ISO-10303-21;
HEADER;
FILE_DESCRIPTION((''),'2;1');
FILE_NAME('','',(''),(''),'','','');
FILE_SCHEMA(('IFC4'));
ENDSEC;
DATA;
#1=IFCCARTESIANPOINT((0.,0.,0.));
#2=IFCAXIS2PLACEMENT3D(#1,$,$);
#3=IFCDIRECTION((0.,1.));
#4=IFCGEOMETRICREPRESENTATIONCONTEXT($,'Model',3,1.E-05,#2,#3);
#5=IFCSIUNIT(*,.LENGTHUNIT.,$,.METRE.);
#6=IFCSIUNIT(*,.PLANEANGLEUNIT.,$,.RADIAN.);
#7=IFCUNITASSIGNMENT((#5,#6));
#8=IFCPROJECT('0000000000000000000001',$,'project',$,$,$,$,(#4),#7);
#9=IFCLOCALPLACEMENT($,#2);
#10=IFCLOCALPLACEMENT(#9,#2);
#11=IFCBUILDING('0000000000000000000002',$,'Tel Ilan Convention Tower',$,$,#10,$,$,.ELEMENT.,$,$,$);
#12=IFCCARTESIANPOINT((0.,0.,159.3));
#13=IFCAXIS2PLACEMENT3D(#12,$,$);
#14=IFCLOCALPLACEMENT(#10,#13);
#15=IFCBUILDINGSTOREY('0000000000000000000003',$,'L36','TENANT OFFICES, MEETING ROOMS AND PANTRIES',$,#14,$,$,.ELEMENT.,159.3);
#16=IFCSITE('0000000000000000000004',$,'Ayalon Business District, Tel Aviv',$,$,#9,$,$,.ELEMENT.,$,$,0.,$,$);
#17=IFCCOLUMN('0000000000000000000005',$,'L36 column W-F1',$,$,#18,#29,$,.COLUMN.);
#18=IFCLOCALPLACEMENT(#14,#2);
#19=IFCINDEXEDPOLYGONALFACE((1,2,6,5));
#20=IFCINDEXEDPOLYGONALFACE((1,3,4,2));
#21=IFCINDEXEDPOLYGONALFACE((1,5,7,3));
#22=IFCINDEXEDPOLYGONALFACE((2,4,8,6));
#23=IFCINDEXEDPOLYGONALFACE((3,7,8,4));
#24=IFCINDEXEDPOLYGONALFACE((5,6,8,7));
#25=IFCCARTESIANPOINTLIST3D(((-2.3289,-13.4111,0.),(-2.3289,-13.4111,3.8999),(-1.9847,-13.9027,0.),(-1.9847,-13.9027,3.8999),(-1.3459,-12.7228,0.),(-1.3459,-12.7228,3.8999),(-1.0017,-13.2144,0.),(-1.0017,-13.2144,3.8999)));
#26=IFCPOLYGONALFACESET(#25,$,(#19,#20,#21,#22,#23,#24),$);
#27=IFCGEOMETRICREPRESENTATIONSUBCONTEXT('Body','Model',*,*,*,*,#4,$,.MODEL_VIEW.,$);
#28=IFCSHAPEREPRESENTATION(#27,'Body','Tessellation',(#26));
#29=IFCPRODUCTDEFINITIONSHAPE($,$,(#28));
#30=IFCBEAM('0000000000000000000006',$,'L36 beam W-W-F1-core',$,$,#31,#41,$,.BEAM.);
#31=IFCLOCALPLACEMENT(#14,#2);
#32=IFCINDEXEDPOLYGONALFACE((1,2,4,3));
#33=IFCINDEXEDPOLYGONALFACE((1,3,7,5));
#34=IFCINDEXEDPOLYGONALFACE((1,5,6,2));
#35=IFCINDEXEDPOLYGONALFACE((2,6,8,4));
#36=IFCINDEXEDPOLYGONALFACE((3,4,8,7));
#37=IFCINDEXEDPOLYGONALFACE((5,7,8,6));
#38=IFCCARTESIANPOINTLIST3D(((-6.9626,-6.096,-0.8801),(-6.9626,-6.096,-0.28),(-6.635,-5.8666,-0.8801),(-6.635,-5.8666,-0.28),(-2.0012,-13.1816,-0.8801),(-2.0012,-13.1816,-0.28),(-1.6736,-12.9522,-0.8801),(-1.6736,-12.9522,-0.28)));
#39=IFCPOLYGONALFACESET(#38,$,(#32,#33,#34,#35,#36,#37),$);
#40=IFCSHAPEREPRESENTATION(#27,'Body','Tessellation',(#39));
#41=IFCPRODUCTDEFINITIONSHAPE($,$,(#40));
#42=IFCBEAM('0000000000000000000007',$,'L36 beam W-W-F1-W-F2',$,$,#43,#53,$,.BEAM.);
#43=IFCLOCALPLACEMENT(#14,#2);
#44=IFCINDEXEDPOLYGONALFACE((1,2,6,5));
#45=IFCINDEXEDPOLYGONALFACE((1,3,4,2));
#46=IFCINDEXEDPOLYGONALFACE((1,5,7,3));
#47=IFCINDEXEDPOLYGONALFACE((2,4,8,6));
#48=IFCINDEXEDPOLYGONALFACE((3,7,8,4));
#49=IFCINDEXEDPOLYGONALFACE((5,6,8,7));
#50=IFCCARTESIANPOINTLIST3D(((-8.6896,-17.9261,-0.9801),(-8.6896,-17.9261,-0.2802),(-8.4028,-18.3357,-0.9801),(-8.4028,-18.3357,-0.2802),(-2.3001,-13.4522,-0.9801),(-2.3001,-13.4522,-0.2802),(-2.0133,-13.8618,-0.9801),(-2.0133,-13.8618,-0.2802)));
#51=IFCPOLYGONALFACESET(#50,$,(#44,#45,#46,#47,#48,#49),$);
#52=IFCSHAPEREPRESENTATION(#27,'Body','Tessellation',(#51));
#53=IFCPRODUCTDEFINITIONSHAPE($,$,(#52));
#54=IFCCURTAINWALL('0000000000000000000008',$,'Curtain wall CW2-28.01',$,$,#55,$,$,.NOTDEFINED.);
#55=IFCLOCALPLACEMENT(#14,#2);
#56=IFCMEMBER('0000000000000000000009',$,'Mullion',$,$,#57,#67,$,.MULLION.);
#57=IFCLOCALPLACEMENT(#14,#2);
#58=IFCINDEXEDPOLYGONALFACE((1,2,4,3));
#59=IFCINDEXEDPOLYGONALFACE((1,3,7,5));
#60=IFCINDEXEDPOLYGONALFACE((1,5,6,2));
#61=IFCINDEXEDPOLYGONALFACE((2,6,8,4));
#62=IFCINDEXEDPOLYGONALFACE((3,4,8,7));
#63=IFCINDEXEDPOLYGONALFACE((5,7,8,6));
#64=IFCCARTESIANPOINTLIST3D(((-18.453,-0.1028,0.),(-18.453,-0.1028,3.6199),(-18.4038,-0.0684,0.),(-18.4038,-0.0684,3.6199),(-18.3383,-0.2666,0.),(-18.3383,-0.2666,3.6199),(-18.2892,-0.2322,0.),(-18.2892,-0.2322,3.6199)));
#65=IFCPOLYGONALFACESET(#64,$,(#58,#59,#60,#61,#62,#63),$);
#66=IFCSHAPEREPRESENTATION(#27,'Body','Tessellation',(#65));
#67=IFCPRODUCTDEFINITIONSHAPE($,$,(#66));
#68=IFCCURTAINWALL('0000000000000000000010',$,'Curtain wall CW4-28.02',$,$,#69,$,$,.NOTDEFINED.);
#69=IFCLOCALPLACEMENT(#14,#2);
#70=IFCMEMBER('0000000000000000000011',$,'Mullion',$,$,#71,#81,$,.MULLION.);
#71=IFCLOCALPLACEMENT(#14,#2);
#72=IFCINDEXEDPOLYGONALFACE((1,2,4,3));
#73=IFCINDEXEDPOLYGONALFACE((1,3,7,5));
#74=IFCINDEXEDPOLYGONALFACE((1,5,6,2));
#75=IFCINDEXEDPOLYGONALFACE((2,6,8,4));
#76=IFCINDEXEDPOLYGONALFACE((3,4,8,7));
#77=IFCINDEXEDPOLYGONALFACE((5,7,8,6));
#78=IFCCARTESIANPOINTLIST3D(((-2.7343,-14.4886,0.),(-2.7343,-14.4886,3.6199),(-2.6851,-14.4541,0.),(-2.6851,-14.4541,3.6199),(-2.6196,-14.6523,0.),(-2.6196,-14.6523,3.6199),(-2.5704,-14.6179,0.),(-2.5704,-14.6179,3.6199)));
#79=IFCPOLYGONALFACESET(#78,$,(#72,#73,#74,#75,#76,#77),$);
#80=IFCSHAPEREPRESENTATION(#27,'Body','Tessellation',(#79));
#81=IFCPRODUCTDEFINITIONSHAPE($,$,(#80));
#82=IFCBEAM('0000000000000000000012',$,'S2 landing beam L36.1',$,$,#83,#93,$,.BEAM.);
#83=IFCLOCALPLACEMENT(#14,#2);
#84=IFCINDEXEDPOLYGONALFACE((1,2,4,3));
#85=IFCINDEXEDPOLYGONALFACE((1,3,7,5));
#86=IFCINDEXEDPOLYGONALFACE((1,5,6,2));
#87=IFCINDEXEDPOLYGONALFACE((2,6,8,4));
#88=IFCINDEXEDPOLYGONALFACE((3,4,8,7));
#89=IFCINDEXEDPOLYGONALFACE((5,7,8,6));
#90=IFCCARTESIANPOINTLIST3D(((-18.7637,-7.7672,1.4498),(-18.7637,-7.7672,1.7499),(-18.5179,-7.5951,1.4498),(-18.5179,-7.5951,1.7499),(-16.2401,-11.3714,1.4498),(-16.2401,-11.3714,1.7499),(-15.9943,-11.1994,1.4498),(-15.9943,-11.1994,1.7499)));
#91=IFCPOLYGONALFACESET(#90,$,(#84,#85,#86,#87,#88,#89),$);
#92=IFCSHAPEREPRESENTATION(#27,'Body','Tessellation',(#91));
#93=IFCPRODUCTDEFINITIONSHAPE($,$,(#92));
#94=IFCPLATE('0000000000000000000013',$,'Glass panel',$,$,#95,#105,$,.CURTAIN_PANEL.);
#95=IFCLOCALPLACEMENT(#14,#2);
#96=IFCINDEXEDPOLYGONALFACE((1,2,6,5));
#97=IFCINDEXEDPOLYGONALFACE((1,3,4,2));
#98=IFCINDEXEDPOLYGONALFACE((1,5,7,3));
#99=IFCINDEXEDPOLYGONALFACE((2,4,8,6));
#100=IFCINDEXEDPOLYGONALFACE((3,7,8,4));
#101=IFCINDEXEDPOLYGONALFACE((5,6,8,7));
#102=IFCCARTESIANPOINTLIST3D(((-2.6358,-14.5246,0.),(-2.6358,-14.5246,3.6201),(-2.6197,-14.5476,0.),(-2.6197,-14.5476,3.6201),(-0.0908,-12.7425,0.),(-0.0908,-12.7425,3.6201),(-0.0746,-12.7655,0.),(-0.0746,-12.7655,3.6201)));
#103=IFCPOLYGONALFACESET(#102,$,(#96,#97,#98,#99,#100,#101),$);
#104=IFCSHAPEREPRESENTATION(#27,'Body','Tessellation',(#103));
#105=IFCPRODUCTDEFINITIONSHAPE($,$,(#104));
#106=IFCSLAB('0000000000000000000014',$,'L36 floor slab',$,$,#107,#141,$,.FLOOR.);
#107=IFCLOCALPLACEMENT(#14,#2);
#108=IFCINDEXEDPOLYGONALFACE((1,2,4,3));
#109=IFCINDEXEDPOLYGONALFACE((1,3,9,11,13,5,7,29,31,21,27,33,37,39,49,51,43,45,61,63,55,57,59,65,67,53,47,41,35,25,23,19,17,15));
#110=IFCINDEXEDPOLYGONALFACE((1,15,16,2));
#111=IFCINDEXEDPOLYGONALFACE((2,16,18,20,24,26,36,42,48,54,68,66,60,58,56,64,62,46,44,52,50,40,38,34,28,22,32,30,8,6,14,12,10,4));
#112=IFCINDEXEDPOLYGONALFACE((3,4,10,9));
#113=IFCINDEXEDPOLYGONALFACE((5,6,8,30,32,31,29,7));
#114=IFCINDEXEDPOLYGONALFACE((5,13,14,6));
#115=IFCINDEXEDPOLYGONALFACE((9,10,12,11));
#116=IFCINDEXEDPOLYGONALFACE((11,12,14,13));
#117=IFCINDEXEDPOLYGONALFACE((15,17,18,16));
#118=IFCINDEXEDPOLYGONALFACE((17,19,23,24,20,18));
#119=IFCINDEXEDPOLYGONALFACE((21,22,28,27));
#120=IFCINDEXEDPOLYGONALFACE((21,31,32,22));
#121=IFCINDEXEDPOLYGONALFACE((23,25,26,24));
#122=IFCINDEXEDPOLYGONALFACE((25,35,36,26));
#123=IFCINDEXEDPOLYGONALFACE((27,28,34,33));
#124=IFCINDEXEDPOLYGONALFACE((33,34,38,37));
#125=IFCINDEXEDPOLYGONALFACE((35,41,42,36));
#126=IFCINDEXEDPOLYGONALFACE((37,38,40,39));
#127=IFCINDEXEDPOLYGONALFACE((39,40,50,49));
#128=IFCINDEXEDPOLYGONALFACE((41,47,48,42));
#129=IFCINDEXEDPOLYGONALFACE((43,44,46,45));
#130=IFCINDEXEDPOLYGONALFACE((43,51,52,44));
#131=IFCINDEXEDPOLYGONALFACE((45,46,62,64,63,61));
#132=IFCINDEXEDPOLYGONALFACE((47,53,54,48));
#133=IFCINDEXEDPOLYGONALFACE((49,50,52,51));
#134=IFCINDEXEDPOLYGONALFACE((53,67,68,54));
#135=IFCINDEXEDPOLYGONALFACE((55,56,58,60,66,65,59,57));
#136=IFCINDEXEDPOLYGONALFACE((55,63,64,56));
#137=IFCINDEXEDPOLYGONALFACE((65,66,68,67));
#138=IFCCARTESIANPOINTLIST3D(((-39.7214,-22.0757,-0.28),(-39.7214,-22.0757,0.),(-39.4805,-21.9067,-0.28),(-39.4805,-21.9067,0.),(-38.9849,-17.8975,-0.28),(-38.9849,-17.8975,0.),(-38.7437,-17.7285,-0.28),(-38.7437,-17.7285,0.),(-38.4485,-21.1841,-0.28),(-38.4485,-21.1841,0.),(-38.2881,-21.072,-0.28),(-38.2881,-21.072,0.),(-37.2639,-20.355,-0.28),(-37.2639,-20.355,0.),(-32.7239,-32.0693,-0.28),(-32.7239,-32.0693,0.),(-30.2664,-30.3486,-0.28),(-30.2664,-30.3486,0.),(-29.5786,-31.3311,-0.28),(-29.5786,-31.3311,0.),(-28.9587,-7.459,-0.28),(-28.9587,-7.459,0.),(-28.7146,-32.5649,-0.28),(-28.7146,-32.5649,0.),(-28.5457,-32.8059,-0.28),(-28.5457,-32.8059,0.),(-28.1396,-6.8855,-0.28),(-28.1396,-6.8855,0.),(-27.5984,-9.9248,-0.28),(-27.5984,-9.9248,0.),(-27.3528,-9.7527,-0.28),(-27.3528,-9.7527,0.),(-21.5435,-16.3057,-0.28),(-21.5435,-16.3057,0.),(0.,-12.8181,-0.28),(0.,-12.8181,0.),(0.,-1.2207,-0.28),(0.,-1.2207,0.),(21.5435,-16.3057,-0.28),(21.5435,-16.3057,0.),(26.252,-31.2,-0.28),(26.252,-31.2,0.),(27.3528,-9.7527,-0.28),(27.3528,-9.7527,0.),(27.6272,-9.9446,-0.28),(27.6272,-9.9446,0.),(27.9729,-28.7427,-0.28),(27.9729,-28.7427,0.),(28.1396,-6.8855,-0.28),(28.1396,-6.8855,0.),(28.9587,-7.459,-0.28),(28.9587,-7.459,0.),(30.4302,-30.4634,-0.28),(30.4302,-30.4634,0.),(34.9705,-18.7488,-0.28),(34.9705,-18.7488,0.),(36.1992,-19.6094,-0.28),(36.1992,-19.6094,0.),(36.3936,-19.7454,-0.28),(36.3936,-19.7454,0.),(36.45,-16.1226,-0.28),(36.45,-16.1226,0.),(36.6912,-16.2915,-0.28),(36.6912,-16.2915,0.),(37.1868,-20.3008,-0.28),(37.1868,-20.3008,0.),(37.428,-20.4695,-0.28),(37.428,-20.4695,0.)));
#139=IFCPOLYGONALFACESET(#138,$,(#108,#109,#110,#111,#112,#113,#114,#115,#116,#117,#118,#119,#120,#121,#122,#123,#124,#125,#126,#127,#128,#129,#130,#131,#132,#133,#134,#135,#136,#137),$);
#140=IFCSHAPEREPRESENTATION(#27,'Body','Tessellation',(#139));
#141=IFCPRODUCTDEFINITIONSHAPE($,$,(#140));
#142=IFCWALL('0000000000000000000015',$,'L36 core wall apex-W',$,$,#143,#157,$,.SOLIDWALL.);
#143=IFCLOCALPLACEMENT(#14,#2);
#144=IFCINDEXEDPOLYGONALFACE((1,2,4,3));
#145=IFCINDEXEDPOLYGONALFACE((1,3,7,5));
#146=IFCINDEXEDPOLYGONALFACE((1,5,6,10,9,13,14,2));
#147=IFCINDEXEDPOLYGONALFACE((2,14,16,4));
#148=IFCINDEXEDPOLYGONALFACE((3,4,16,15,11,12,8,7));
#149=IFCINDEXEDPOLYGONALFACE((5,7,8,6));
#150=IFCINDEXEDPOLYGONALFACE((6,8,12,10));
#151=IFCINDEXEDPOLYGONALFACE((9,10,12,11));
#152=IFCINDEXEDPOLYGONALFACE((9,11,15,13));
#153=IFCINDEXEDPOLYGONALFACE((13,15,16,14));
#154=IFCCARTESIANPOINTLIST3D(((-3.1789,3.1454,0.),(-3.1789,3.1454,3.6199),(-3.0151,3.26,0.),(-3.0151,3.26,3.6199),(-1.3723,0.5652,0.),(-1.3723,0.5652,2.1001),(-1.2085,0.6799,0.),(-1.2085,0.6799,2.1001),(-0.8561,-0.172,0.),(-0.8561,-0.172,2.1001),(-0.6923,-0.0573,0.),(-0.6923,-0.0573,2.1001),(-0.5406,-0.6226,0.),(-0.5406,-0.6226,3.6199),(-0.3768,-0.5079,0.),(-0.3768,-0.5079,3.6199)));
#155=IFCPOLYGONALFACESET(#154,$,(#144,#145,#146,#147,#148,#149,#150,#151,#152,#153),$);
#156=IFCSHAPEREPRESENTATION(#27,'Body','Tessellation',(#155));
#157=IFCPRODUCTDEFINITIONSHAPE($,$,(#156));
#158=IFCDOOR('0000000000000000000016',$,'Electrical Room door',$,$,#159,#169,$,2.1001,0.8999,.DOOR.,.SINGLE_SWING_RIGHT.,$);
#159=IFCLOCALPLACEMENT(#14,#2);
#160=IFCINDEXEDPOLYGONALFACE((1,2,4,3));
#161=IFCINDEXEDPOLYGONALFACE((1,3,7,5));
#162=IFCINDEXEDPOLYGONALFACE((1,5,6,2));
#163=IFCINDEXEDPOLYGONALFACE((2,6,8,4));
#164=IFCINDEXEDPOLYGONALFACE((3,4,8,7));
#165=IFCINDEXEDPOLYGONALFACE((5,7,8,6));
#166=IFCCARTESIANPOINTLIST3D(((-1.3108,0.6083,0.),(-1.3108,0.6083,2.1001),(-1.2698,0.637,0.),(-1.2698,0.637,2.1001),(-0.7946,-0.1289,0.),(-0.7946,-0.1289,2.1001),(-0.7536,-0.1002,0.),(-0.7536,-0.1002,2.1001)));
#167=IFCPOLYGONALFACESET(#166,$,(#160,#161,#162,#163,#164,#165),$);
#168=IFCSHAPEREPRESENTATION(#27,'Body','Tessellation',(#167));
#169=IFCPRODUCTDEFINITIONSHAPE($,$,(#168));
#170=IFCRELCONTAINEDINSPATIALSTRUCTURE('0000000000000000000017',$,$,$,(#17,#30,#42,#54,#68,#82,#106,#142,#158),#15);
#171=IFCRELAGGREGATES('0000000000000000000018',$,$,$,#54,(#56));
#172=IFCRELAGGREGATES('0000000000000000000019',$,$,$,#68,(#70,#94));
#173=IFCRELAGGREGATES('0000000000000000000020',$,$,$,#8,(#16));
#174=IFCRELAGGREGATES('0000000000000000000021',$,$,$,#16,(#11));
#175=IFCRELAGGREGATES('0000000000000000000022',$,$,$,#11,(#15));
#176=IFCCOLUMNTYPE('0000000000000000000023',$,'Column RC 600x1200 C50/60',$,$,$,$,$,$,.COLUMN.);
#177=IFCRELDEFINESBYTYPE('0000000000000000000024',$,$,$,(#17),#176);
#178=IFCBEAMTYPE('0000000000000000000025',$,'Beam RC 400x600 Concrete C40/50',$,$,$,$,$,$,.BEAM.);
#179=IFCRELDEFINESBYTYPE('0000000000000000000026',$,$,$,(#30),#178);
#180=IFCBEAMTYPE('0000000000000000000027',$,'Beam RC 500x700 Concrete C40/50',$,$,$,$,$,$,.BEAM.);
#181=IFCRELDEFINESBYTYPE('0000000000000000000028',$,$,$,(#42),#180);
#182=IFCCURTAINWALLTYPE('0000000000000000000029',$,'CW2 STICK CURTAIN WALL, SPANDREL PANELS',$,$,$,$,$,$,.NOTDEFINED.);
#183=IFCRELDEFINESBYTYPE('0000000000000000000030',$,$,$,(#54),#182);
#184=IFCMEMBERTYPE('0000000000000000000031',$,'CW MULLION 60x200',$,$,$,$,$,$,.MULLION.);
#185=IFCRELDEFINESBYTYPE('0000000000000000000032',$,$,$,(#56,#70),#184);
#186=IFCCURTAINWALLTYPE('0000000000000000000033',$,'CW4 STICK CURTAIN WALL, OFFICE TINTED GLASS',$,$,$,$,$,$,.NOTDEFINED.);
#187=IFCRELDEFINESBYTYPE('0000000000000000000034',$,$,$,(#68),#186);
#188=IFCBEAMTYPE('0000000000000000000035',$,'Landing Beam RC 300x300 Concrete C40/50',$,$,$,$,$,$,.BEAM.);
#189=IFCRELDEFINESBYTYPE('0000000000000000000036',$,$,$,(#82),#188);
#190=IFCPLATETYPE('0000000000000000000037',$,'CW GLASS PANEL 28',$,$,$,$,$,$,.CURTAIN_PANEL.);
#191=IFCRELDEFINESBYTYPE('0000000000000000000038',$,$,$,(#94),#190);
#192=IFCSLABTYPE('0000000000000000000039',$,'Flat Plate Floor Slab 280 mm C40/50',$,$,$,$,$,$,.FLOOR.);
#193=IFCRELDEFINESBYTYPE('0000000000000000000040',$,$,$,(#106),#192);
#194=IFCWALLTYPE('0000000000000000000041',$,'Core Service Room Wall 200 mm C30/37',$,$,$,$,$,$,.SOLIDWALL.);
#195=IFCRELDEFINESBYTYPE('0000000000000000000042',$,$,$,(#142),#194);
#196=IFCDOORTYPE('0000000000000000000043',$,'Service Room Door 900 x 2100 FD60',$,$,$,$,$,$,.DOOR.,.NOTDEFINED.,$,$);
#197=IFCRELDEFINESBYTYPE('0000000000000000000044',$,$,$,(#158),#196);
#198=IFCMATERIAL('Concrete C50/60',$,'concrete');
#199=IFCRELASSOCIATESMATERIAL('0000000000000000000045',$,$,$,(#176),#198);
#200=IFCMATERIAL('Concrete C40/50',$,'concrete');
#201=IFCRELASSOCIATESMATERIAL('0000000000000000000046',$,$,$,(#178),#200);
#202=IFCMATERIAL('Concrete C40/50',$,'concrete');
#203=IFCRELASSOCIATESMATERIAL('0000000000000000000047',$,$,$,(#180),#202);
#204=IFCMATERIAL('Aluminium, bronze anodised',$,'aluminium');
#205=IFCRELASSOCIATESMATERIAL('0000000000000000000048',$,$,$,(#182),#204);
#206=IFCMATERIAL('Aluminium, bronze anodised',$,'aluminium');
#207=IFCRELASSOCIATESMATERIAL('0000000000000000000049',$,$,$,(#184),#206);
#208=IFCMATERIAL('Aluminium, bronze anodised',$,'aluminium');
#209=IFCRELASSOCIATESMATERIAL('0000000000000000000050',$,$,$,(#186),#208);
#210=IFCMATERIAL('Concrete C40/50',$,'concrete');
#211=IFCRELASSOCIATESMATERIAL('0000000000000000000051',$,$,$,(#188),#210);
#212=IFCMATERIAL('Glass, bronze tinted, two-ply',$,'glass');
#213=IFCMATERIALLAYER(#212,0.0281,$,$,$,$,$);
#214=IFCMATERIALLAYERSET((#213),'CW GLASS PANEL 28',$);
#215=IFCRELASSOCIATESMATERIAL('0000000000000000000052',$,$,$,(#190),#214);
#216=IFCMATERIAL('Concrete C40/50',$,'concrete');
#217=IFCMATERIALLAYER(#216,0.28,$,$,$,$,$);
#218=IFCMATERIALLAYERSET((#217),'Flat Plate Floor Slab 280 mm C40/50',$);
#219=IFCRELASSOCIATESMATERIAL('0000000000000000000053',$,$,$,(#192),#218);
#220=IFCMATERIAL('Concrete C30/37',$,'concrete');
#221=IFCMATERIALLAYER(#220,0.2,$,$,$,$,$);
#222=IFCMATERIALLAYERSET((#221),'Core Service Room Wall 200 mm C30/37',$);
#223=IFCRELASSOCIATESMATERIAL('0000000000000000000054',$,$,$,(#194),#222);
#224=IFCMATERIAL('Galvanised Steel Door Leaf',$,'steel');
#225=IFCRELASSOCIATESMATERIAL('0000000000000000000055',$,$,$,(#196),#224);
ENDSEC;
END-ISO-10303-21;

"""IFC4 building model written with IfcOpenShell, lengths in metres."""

from ifc_helpers import new_model, si_unit, direction, frame, frame_2d, origin, origin_2d, place, context, subcontext, project, spatial, polyline, rectangle, outline, extrude, material, layer, layer_set, material_profile, profile_set, type_object, element, fill, aggregate, save


model = new_model("IFC4")

# Units and contexts
model_context = context("Model", 3, precision=1e-05, world=origin(), true_north=direction((0.0, 1.0)))
body_context = subcontext(model_context, "Body", "Model", "MODEL_VIEW")
ifc_project = project(units=[si_unit("LENGTHUNIT", "METRE"), si_unit("PLANEANGLEUNIT", "RADIAN")], contexts=[model_context])

# Site, building, storey
site_placement = place(None, origin())
site = spatial("IfcSite", under=ifc_project, at=site_placement, Name="Ayalon Business District, Tel Aviv", CompositionType="ELEMENT", RefElevation=0.0)
building_placement = place(site_placement, origin())
building = spatial("IfcBuilding", under=site, at=building_placement, Name="Tel Ilan Convention Tower", CompositionType="ELEMENT")
storey_placement = place(building_placement, frame((0.0, 0.0, 159.3)))
storey = spatial("IfcBuildingStorey", under=building, at=storey_placement, Name="L36", Description="TENANT OFFICES, MEETING ROOMS AND PANTRIES", CompositionType="ELEMENT", Elevation=159.3)

# Column
ifc_material_1 = material(Name="Concrete C50/60", Category="concrete")
ifc_material_profile_1 = material_profile(ifc_material_1, rectangle(XDim=1.2, YDim=0.6001, at=origin_2d()), Name="RC 600x1200")
ifc_profile_set_1 = profile_set([ifc_material_profile_1], Name="Concrete C50/60")
column_type = type_object("IfcColumnType", Name="Column RC 600x1200 C50/60", PredefinedType="COLUMN", material=ifc_profile_set_1)
column_placement = place(storey_placement, frame((-1.6653, -13.3127, 0.0), z_axis=(0.0, 0.0, 1.0), x_axis=(-0.819152, -0.573576, 0.0)))
element("IfcColumn", 1, at=column_placement, inside=storey, type_object=column_type, Name="L36 column W-F1", PredefinedType="COLUMN", context=body_context, shape_type="SweptSolid", body=[
    extrude(rectangle(XDim=1.2, YDim=0.6001, at=origin_2d()), origin(), (0.0, 0.0, 1.0), 3.8999),
])

# Beams
ifc_material_2 = material(Name="Concrete C40/50", Category="concrete")
ifc_material_profile_2 = material_profile(ifc_material_2, rectangle(XDim=0.3999, YDim=0.6001, at=origin_2d()), Name="RC 400x600")
ifc_profile_set_2 = profile_set([ifc_material_profile_2], Name="Concrete C40/50")
beam_type_1 = type_object("IfcBeamType", Name="Beam RC 400x600 Concrete C40/50", PredefinedType="BEAM", material=ifc_profile_set_2)
beam_1_placement = place(storey_placement, frame((-1.8374, -13.0669, -0.5801), z_axis=(-0.573574, 0.819154, 0.0), x_axis=(-0.819154, -0.573574, 0.0)))
element("IfcBeam", 2, at=beam_1_placement, inside=storey, type_object=beam_type_1, Name="L36 beam W-W-F1-core", PredefinedType="BEAM", context=body_context, shape_type="SweptSolid", body=[
    extrude(rectangle(XDim=0.3999, YDim=0.6001, at=origin_2d()), origin(), (0.0, 0.0, 1.0), 8.6499),
])
ifc_material_3 = material(Name="Concrete C40/50", Category="concrete")
ifc_material_profile_3 = material_profile(ifc_material_3, rectangle(XDim=0.5, YDim=0.7, at=origin_2d()), Name="RC 500x700")
ifc_profile_set_3 = profile_set([ifc_material_profile_3], Name="Concrete C40/50")
beam_type_2 = type_object("IfcBeamType", Name="Beam RC 500x700 Concrete C40/50", PredefinedType="BEAM", material=ifc_profile_set_3)
beam_2_placement = place(storey_placement, frame((-2.1567, -13.657, -0.6301), z_axis=(-0.819154, -0.573574, 0.0), x_axis=(0.573574, -0.819154, 0.0)))
element("IfcBeam", 3, at=beam_2_placement, inside=storey, type_object=beam_type_2, Name="L36 beam W-W-F1-W-F2", PredefinedType="BEAM", context=body_context, shape_type="SweptSolid", body=[
    extrude(rectangle(XDim=0.5, YDim=0.7, at=origin_2d()), origin(), (0.0, 0.0, 1.0), 7.8),
])

# Curtain walls, members
ifc_material_4 = material(Name="Aluminium, bronze anodised", Category="aluminium")
curtain_wall_type_1 = type_object("IfcCurtainWallType", Name="CW2 STICK CURTAIN WALL, SPANDREL PANELS", PredefinedType="NOTDEFINED", material=ifc_material_4)
curtain_wall_1_placement = place(storey_placement, origin())
curtain_wall_1 = element("IfcCurtainWall", 4, at=curtain_wall_1_placement, inside=storey, type_object=curtain_wall_type_1, Name="Curtain wall CW2-28.01", PredefinedType="NOTDEFINED")
ifc_material_5 = material(Name="Aluminium, bronze anodised", Category="aluminium")
ifc_material_profile_4 = material_profile(ifc_material_5, rectangle(XDim=0.0601, YDim=0.2, at=origin_2d()), Name="CW MULLION 60x200")
ifc_profile_set_4 = profile_set([ifc_material_profile_4], Name="Aluminium, bronze anodised")
member_type = type_object("IfcMemberType", Name="CW MULLION 60x200", PredefinedType="MULLION", material=ifc_profile_set_4)
member_1_placement = place(storey_placement, frame((-18.3711, -0.1675, 0.0), z_axis=(0.0, 0.0, 1.0), x_axis=(-0.819152, -0.573576, 0.0)))
member_1 = element("IfcMember", 5, at=member_1_placement, type_object=member_type, Name="Mullion", PredefinedType="MULLION", context=body_context, shape_type="SweptSolid", body=[
    extrude(rectangle(XDim=0.0601, YDim=0.2, at=origin_2d()), origin(), (0.0, 0.0, 1.0), 3.6199),
])
aggregate(curtain_wall_1, [member_1])
ifc_material_6 = material(Name="Aluminium, bronze anodised", Category="aluminium")
curtain_wall_type_2 = type_object("IfcCurtainWallType", Name="CW4 STICK CURTAIN WALL, OFFICE TINTED GLASS", PredefinedType="NOTDEFINED", material=ifc_material_6)
curtain_wall_2_placement = place(storey_placement, origin())
curtain_wall_2 = element("IfcCurtainWall", 6, at=curtain_wall_2_placement, inside=storey, type_object=curtain_wall_type_2, Name="Curtain wall CW4-28.02", PredefinedType="NOTDEFINED")
member_2_placement = place(storey_placement, frame((-2.6523, -14.5532, 0.0), z_axis=(0.0, 0.0, 1.0), x_axis=(0.819152, 0.573576, 0.0)))
member_2 = element("IfcMember", 7, at=member_2_placement, type_object=member_type, Name="Mullion", PredefinedType="MULLION", context=body_context, shape_type="SweptSolid", body=[
    extrude(rectangle(XDim=0.0601, YDim=0.2, at=origin_2d()), origin(), (0.0, 0.0, 1.0), 3.6199),
])

# Beam
ifc_material_7 = material(Name="Concrete C40/50", Category="concrete")
ifc_material_profile_5 = material_profile(ifc_material_7, rectangle(XDim=0.3, YDim=0.3, at=origin_2d()), Name="RC 300x300")
ifc_profile_set_5 = profile_set([ifc_material_profile_5], Name="Concrete C40/50")
beam_type_3 = type_object("IfcBeamType", Name="Landing Beam RC 300x300 Concrete C40/50", PredefinedType="BEAM", material=ifc_profile_set_5)
beam_3_placement = place(storey_placement, frame((-16.1172, -11.2854, 1.5999), z_axis=(-0.57357, 0.819156, 0.0), x_axis=(-0.819156, -0.57357, 0.0)))
element("IfcBeam", 8, at=beam_3_placement, inside=storey, type_object=beam_type_3, Name="S2 landing beam L36.1", PredefinedType="BEAM", context=body_context, shape_type="SweptSolid", body=[
    extrude(rectangle(XDim=0.3, YDim=0.3, at=origin_2d()), origin(), (0.0, 0.0, 1.0), 4.3999),
])

# Plate
ifc_material_8 = material(Name="Glass, bronze tinted, two-ply", Category="glass")
ifc_layer_1 = layer(ifc_material_8, 0.0281)
ifc_layer_set_1 = layer_set([ifc_layer_1], Name="CW GLASS PANEL 28")
plate_type = type_object("IfcPlateType", Name="CW GLASS PANEL 28", PredefinedType="CURTAIN_PANEL", material=ifc_layer_set_1)
plate_placement = place(storey_placement, frame((-1.3552, -13.645, 0.0), z_axis=(0.0, 0.0, 1.0), x_axis=(0.819152, 0.573576, 0.0)))
plate = element("IfcPlate", 9, at=plate_placement, type_object=plate_type, Name="Glass panel", PredefinedType="CURTAIN_PANEL", context=body_context, shape_type="SweptSolid", body=[
    extrude(rectangle(XDim=3.1069, YDim=0.0281, at=origin_2d()), origin(), (0.0, 0.0, 1.0), 3.6201),
])
aggregate(curtain_wall_2, [member_2, plate])

# Slab
ifc_material_9 = material(Name="Concrete C40/50", Category="concrete")
ifc_layer_2 = layer(ifc_material_9, 0.28)
ifc_layer_set_2 = layer_set([ifc_layer_2], Name="Flat Plate Floor Slab 280 mm C40/50")
slab_type_1 = type_object("IfcSlabType", Name="Flat Plate Floor Slab 280 mm C40/50", PredefinedType="FLOOR", material=ifc_layer_set_2)
slab_1_placement = place(storey_placement, frame((0.0, 0.0, -0.28)))
element("IfcSlab", 10, at=slab_1_placement, inside=storey, type_object=slab_type_1, Name="L36 floor slab", PredefinedType="FLOOR", context=body_context, shape_type="SweptSolid", body=[
    extrude(outline(polyline([(37.1868, -20.3008), (37.428, -20.4695), (30.4302, -30.4634), (27.9729, -28.7427), (26.252, -31.2), (0.0, -12.8181), (-28.5457, -32.8059), (-28.7146, -32.5649), (-29.5786, -31.3311), (-30.2664, -30.3486), (-32.7239, -32.0693), (-39.7214, -22.0757), (-39.4805, -21.9067), (-38.4485, -21.1841), (-38.2881, -21.072), (-37.2639, -20.355), (-38.9849, -17.8975), (-38.7437, -17.7285), (-27.5984, -9.9248), (-27.3528, -9.7527), (-28.9587, -7.459), (-28.1396, -6.8855), (-21.5435, -16.3057), (0.0, -1.2207), (21.5435, -16.3057), (28.1396, -6.8855), (28.9587, -7.459), (27.3528, -9.7527), (27.6272, -9.9446), (36.45, -16.1226), (36.6912, -16.2915), (34.9705, -18.7488), (36.1992, -19.6094), (36.3936, -19.7454), (37.1868, -20.3008)])), origin(), (0.0, 0.0, 1.0), 0.28),
])

# Wall, opening, door
ifc_material_10 = material(Name="Concrete C30/37", Category="concrete")
ifc_layer_3 = layer(ifc_material_10, 0.2)
ifc_layer_set_3 = layer_set([ifc_layer_3], Name="Core Service Room Wall 200 mm C30/37")
wall_type_1 = type_object("IfcWallType", Name="Core Service Room Wall 200 mm C30/37", PredefinedType="SOLIDWALL", material=ifc_layer_set_3)
wall_1_placement = place(storey_placement, frame((-0.4587, -0.5652, 0.0), z_axis=(0.0, 0.0, 1.0), x_axis=(-0.573576, 0.819152, 0.0)))
wall_1 = element("IfcWall", 11, at=wall_1_placement, inside=storey, type_object=wall_type_1, Name="L36 core wall apex-W", PredefinedType="SOLIDWALL", context=body_context, shape_type="SweptSolid", body=[
    extrude(rectangle(XDim=4.5999, YDim=0.2, at=frame_2d((2.2998, 0.0))), origin(), (0.0, 0.0, 1.0), 3.6199),
])
opening_1_placement = place(wall_1_placement, frame((0.55, 0.0, 0.0)))
opening_1 = element("IfcOpeningElement", 12, at=opening_1_placement, cuts=wall_1, PredefinedType="OPENING", context=body_context, shape_type="SweptSolid", body=[
    extrude(rectangle(XDim=0.8999, YDim=2.1001, at=frame_2d((0.45, 1.05))), frame((0.0, 0.1099, 0.0), z_axis=(0.0, -1.0, 0.0), x_axis=(1.0, 0.0, 0.0)), (0.0, 0.0, 1.0), 0.22),
])
ifc_material_11 = material(Name="Galvanised Steel Door Leaf", Category="steel")
door_type_1 = type_object("IfcDoorType", Name="Service Room Door 900 x 2100 FD60", OperationType="NOTDEFINED", PredefinedType="DOOR", material=ifc_material_11)
door_1_placement = place(opening_1_placement, origin())
door_1 = element("IfcDoor", 13, at=door_1_placement, inside=storey, type_object=door_type_1, Name="Electrical Room door", OperationType="SINGLE_SWING_RIGHT", OverallHeight=2.1001, OverallWidth=0.8999, PredefinedType="DOOR", context=body_context, shape_type="SweptSolid", body=[
    extrude(rectangle(XDim=0.8999, YDim=2.1001, at=frame_2d((0.45, 1.05))), frame((0.0, 0.0249, 0.0), z_axis=(0.0, -1.0, 0.0), x_axis=(1.0, 0.0, 0.0)), (0.0, 0.0, 1.0), 0.05),
])
fill(opening_1, door_1)

save(model, "model.ifc")
